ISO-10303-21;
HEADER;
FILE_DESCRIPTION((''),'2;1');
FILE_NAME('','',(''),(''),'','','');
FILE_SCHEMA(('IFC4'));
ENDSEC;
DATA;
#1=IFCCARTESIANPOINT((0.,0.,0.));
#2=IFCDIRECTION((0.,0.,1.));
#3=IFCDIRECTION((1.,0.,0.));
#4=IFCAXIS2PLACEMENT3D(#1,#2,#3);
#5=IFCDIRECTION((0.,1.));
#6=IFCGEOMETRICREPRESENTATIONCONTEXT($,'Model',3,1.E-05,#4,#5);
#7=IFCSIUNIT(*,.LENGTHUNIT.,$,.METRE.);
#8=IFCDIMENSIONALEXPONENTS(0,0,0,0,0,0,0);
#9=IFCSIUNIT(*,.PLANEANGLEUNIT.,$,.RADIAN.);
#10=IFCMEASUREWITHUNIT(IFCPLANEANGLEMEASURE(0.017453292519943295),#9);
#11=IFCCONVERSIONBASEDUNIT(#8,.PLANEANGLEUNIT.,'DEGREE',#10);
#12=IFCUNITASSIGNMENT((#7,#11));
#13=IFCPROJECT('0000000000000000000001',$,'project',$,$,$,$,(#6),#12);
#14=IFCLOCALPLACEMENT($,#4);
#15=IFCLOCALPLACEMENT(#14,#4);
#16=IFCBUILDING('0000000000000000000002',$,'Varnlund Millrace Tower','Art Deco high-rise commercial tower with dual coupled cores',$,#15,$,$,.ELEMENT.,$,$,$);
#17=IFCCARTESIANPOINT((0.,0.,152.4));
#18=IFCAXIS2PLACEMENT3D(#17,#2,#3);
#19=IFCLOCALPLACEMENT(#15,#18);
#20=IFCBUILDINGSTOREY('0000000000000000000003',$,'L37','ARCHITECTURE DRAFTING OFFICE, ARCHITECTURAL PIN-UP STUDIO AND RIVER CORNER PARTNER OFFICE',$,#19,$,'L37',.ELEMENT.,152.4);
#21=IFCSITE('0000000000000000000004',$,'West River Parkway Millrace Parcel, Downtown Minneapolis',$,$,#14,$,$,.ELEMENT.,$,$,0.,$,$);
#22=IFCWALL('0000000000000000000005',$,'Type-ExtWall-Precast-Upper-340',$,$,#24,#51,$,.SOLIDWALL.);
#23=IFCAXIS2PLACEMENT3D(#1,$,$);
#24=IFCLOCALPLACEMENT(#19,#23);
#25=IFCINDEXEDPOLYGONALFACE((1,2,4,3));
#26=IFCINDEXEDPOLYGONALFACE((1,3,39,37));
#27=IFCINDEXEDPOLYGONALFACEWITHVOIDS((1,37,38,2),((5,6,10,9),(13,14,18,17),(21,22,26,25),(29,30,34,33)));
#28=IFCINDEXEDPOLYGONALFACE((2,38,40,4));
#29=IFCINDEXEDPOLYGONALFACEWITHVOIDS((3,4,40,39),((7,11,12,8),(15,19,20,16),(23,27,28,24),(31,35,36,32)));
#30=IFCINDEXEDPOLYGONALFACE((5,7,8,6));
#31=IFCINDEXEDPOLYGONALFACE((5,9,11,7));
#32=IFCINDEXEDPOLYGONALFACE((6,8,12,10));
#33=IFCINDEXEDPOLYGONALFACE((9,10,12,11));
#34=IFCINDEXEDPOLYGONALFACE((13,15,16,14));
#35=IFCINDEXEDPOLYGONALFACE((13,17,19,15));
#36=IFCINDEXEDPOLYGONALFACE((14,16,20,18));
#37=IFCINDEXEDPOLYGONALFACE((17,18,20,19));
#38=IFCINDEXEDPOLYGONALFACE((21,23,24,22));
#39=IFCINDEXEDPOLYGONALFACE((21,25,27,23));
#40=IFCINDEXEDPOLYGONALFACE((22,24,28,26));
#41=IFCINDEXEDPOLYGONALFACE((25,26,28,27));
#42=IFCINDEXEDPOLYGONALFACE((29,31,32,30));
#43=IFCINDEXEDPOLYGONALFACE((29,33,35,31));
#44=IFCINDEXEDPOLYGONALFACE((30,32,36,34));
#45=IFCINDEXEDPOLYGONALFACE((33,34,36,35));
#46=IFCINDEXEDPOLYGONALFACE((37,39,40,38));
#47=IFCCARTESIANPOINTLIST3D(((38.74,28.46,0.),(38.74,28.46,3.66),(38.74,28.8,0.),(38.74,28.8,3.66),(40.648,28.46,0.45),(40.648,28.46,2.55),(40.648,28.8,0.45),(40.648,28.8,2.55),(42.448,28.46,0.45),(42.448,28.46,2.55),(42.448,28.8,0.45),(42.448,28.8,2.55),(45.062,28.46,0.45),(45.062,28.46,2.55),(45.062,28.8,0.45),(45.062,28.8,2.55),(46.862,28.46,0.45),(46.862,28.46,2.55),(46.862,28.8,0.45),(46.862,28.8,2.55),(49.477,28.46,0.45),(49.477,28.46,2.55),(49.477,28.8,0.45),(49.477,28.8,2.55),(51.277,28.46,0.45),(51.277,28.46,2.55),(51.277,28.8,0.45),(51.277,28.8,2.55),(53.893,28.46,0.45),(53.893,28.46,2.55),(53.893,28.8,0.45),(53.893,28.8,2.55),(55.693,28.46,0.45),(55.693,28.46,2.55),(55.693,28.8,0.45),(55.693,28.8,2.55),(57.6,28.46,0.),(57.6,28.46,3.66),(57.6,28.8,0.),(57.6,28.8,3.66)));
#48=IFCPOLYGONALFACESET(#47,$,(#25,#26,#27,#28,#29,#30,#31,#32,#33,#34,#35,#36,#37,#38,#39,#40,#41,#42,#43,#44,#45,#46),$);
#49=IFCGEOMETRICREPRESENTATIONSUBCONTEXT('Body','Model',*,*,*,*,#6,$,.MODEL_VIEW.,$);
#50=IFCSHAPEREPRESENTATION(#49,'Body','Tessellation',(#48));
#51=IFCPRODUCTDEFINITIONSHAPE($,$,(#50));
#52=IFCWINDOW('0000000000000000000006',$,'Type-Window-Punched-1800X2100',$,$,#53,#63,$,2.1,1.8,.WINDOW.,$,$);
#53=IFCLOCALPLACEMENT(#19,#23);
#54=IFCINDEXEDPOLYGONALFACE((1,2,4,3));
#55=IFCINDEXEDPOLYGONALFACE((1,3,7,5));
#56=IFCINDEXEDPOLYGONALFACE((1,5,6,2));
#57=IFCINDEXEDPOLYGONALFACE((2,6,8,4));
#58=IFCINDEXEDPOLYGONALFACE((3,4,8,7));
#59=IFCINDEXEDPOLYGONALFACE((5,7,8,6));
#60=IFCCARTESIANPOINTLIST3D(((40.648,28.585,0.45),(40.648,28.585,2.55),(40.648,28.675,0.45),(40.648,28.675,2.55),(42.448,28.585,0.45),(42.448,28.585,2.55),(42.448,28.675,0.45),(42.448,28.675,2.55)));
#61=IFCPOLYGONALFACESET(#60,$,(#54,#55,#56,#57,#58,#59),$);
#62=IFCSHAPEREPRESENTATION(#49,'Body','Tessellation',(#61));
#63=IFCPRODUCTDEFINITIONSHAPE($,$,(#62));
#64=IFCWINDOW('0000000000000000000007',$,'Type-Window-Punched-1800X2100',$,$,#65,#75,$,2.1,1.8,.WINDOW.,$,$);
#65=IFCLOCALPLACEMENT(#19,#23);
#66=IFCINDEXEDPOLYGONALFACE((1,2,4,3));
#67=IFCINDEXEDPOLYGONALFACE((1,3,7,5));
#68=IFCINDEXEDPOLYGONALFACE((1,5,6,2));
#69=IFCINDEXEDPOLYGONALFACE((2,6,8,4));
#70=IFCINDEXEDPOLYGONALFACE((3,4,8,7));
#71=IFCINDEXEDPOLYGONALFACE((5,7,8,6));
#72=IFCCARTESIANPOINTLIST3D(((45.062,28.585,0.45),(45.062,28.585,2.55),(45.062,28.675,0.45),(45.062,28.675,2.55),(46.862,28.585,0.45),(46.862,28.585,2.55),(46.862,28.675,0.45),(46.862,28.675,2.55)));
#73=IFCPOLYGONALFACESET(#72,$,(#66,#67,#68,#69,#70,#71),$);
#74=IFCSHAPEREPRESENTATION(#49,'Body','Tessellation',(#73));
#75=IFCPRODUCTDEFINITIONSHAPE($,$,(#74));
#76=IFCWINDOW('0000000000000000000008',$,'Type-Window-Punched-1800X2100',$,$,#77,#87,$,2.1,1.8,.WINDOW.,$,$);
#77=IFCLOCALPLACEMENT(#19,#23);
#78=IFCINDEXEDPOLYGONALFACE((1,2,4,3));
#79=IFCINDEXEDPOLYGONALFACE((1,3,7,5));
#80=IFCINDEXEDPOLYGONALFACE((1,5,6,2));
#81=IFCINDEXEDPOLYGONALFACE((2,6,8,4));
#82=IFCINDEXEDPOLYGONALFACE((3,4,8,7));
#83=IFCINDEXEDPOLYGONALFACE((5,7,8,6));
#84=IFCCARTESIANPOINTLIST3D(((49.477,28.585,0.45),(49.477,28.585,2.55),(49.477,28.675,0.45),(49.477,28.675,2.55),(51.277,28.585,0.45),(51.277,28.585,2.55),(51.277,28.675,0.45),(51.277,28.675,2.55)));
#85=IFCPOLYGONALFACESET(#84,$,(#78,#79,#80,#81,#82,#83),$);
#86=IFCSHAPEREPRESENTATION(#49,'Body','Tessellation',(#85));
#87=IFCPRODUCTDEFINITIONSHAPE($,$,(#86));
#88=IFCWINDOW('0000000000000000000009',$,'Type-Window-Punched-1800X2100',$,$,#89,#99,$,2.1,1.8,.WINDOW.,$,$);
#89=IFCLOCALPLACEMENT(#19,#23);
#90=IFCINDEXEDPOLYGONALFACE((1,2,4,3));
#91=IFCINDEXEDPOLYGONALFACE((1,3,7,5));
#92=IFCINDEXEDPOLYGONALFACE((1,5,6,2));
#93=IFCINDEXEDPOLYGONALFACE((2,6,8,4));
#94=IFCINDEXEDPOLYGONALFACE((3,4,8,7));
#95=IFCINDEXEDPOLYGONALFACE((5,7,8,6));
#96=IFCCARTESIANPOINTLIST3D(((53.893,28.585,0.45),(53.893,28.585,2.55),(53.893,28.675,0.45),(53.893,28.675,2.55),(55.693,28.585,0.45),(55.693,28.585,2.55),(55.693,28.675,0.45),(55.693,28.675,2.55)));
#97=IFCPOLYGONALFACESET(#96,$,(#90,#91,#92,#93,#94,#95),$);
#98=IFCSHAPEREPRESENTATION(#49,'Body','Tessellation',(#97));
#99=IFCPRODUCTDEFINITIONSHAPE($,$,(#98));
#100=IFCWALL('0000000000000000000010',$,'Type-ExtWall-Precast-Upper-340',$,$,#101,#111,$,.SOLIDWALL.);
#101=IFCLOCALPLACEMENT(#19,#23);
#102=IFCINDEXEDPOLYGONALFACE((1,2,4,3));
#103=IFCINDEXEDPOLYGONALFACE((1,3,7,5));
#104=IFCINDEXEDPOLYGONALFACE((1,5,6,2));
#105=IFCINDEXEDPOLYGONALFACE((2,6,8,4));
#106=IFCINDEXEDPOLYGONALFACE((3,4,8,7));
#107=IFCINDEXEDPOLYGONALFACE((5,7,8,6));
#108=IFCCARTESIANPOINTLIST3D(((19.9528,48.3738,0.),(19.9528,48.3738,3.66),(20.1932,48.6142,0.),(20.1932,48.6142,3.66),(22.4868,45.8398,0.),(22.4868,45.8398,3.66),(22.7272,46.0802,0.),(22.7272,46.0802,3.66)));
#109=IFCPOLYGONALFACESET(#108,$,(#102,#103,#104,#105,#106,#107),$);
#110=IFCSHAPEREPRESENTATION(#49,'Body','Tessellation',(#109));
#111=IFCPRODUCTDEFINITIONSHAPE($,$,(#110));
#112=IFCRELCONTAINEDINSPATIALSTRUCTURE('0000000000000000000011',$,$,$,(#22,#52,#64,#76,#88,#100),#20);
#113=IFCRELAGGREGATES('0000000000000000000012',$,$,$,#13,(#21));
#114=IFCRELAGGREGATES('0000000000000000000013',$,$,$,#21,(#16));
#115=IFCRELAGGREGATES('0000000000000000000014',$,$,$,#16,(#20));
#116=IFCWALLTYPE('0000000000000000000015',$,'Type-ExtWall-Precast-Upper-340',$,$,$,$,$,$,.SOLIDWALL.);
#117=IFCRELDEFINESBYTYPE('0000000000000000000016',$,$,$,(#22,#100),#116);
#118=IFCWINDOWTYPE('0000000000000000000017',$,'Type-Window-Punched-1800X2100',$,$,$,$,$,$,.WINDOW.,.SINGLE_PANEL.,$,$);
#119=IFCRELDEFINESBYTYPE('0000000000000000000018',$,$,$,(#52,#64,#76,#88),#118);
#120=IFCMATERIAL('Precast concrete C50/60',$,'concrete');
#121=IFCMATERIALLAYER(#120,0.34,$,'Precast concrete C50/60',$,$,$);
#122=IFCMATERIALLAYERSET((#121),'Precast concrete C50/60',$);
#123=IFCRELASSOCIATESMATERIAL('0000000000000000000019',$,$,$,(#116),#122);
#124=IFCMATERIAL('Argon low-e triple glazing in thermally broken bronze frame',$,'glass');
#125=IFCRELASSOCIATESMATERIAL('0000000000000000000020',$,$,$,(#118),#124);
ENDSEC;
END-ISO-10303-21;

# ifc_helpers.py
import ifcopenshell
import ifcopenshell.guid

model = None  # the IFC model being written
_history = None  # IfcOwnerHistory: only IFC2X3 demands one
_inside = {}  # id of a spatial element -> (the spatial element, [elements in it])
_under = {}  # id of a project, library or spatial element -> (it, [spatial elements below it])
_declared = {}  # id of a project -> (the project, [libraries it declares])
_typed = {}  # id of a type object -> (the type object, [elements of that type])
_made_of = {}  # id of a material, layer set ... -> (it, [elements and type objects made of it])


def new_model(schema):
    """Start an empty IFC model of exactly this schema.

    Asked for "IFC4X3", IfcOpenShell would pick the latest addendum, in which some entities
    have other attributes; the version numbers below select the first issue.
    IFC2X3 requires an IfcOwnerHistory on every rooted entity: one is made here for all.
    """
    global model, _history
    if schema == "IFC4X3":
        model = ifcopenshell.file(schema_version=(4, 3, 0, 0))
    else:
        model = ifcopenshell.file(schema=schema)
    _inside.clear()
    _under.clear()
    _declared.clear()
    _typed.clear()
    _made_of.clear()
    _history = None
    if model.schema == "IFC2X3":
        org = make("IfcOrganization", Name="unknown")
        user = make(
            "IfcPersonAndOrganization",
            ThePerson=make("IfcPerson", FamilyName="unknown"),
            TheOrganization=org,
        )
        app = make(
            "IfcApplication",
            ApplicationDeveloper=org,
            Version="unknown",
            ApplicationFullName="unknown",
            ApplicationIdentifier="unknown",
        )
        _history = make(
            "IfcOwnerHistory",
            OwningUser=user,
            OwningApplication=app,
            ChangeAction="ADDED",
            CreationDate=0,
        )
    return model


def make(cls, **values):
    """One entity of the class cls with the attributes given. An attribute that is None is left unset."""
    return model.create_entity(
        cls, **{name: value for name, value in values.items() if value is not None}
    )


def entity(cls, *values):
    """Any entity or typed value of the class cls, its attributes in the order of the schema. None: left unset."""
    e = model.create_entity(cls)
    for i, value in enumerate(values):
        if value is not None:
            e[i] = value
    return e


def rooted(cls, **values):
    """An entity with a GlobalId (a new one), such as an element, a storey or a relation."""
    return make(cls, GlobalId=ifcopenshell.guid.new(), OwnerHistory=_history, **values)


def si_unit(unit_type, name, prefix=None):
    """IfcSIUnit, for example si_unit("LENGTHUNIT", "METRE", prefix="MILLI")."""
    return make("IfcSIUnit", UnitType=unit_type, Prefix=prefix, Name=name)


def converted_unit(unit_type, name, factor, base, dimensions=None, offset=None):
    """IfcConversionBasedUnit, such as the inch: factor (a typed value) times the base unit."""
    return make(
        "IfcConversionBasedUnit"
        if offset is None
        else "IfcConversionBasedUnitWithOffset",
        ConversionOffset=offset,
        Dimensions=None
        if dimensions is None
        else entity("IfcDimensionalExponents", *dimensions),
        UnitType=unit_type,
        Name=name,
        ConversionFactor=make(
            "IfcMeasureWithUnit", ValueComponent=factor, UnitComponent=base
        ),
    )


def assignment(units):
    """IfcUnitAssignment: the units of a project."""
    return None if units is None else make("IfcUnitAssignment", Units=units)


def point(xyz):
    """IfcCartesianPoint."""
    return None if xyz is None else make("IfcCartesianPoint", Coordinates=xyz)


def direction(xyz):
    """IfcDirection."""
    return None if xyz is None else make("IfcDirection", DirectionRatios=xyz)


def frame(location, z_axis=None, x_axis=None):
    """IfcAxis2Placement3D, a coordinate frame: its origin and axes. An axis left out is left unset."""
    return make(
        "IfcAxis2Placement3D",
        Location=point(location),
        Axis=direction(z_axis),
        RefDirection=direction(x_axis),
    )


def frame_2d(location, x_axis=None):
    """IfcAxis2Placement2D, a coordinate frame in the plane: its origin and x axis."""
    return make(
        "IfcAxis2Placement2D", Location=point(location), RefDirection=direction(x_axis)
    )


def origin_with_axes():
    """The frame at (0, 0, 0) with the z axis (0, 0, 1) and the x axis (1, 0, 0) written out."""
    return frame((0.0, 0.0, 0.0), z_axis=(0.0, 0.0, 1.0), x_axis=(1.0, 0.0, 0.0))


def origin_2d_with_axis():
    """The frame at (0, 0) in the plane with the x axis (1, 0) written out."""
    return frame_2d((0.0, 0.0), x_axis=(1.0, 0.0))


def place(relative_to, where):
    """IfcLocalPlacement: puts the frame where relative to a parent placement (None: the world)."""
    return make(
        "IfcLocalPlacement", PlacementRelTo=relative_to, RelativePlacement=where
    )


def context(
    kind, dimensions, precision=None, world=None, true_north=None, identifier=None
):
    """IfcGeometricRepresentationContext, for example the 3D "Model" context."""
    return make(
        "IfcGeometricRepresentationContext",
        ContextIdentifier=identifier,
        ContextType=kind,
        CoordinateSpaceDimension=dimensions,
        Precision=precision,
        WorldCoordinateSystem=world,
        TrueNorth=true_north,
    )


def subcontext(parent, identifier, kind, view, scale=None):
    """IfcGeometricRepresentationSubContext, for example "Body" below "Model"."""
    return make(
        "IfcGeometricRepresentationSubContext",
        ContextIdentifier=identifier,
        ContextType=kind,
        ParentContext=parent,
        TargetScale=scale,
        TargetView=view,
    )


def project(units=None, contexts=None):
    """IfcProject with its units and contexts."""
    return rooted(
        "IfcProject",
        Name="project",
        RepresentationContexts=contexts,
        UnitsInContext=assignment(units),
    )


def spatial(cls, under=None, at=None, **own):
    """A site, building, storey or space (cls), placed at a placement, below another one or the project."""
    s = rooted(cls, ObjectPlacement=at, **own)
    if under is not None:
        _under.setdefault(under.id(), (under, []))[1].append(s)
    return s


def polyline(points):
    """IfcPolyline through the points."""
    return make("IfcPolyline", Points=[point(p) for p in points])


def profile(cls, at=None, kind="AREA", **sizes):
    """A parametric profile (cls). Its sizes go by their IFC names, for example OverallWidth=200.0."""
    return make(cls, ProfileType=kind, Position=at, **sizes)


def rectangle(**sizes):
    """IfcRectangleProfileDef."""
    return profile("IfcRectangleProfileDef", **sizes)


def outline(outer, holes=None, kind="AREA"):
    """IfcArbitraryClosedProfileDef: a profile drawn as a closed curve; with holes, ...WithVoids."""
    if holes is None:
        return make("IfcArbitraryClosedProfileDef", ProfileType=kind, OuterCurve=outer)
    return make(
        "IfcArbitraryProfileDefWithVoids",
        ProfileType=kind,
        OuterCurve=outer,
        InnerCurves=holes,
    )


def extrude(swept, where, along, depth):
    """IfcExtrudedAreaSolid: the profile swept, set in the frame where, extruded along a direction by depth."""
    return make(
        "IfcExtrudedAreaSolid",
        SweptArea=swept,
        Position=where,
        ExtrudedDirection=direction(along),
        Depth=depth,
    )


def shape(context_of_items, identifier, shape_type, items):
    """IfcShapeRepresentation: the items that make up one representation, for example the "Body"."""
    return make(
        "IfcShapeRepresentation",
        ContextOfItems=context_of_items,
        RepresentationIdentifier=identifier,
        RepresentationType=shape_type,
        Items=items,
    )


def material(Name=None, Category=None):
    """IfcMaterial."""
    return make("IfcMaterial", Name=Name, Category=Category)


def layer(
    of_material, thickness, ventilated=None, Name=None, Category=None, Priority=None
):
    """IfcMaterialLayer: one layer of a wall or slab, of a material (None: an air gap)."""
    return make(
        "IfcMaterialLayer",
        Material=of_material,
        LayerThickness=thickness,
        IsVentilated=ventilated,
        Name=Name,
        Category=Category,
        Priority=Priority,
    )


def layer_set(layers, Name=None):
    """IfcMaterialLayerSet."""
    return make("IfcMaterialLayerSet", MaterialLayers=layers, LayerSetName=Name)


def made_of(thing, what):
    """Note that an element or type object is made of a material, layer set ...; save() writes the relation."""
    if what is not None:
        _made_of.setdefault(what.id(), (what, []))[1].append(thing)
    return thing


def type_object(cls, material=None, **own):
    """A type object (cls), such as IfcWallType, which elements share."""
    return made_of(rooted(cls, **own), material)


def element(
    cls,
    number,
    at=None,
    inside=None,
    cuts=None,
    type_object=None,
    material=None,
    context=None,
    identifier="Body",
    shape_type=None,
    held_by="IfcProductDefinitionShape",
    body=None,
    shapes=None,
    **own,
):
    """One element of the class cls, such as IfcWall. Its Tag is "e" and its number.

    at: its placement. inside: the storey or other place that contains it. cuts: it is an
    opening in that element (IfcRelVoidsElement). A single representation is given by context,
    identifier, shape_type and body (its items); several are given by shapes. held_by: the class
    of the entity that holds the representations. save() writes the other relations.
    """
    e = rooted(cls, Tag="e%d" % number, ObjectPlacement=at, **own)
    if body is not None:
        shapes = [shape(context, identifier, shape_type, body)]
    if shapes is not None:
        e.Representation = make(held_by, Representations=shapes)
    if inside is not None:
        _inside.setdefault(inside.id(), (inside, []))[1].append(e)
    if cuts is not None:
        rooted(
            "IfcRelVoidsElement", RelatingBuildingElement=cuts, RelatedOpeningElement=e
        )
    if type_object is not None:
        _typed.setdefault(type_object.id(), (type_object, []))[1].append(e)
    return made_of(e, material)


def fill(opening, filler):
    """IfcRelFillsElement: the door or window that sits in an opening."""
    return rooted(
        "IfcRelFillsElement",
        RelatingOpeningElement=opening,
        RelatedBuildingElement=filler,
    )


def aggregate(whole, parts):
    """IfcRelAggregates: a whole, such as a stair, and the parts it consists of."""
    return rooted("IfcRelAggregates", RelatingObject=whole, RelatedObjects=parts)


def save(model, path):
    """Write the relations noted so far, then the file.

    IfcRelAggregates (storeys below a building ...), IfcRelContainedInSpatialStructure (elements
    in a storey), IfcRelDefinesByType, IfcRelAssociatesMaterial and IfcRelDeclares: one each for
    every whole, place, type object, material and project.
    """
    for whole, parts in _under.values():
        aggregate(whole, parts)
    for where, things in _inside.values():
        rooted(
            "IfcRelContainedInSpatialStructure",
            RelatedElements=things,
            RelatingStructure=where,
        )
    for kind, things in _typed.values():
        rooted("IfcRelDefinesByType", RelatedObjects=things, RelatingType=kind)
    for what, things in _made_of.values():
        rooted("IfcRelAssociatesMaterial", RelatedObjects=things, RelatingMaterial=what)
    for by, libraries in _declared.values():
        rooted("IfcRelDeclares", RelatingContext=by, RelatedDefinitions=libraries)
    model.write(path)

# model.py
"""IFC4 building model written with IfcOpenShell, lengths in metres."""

from ifc_helpers import new_model, entity, si_unit, converted_unit, direction, frame, origin_with_axes, origin_2d_with_axis, place, context, subcontext, project, spatial, polyline, rectangle, outline, extrude, material, layer, layer_set, type_object, element, fill, save


model = new_model("IFC4")

# Units and contexts
model_context = context("Model", 3, precision=1e-05, world=origin_with_axes(), true_north=direction((0.0, 1.0)))
body_context = subcontext(model_context, "Body", "Model", "MODEL_VIEW")
ifc_project = project(units=[si_unit("LENGTHUNIT", "METRE"), converted_unit("PLANEANGLEUNIT", "DEGREE", entity("IfcPlaneAngleMeasure", 0.017453292519943295), si_unit("PLANEANGLEUNIT", "RADIAN"), dimensions=[0, 0, 0, 0, 0, 0, 0])], contexts=[model_context])

# Site, building, storey
site_placement = place(None, origin_with_axes())
site = spatial("IfcSite", under=ifc_project, at=site_placement, Name="West River Parkway Millrace Parcel, Downtown Minneapolis", CompositionType="ELEMENT", RefElevation=0.0)
building_placement = place(site_placement, origin_with_axes())
building = spatial("IfcBuilding", under=site, at=building_placement, Name="Varnlund Millrace Tower", Description="Art Deco high-rise commercial tower with dual coupled cores", CompositionType="ELEMENT")
storey_placement = place(building_placement, frame((0.0, 0.0, 152.4), z_axis=(0.0, 0.0, 1.0), x_axis=(1.0, 0.0, 0.0)))
storey = spatial("IfcBuildingStorey", under=building, at=storey_placement, Name="L37", Description="ARCHITECTURE DRAFTING OFFICE, ARCHITECTURAL PIN-UP STUDIO AND RIVER CORNER PARTNER OFFICE", LongName="L37", CompositionType="ELEMENT", Elevation=152.4)

# Wall, openings, windows
ifc_material_1 = material(Name="Precast concrete C50/60", Category="concrete")
ifc_layer_1 = layer(ifc_material_1, 0.34, Name="Precast concrete C50/60")
ifc_layer_set_1 = layer_set([ifc_layer_1], Name="Precast concrete C50/60")
wall_type_1 = type_object("IfcWallType", Name="Type-ExtWall-Precast-Upper-340", PredefinedType="SOLIDWALL", material=ifc_layer_set_1)
wall_1_placement = place(storey_placement, frame((38.74, 28.63, 0.0), z_axis=(0.0, 0.0, 1.0), x_axis=(1.0, 0.0, 0.0)))
wall_1 = element("IfcWall", 1, at=wall_1_placement, inside=storey, type_object=wall_type_1, Name="Type-ExtWall-Precast-Upper-340", PredefinedType="SOLIDWALL", context=body_context, shape_type="SweptSolid", body=[
    extrude(outline(polyline([(0.0, -0.17), (18.86, -0.17), (18.86, 0.17), (0.0, 0.17), (0.0, -0.17)])), origin_with_axes(), (0.0, 0.0, 1.0), 3.66),
])
opening_1_placement = place(wall_1_placement, frame((2.808, 0.0, 0.45), z_axis=(0.0, 0.0, 1.0), x_axis=(1.0, 0.0, 0.0)))
opening_1 = element("IfcOpeningElement", 2, at=opening_1_placement, cuts=wall_1, PredefinedType="OPENING", context=body_context, shape_type="SweptSolid", body=[
    extrude(rectangle(XDim=1.8, YDim=0.36, at=origin_2d_with_axis()), origin_with_axes(), (0.0, 0.0, 1.0), 2.1),
])
opening_2_placement = place(wall_1_placement, frame((7.222, 0.0, 0.45), z_axis=(0.0, 0.0, 1.0), x_axis=(1.0, 0.0, 0.0)))
opening_2 = element("IfcOpeningElement", 3, at=opening_2_placement, cuts=wall_1, PredefinedType="OPENING", context=body_context, shape_type="SweptSolid", body=[
    extrude(rectangle(XDim=1.8, YDim=0.36, at=origin_2d_with_axis()), origin_with_axes(), (0.0, 0.0, 1.0), 2.1),
])
opening_3_placement = place(wall_1_placement, frame((11.637, 0.0, 0.45), z_axis=(0.0, 0.0, 1.0), x_axis=(1.0, 0.0, 0.0)))
opening_3 = element("IfcOpeningElement", 4, at=opening_3_placement, cuts=wall_1, PredefinedType="OPENING", context=body_context, shape_type="SweptSolid", body=[
    extrude(rectangle(XDim=1.8, YDim=0.36, at=origin_2d_with_axis()), origin_with_axes(), (0.0, 0.0, 1.0), 2.1),
])
opening_4_placement = place(wall_1_placement, frame((16.053, 0.0, 0.45), z_axis=(0.0, 0.0, 1.0), x_axis=(1.0, 0.0, 0.0)))
opening_4 = element("IfcOpeningElement", 5, at=opening_4_placement, cuts=wall_1, PredefinedType="OPENING", context=body_context, shape_type="SweptSolid", body=[
    extrude(rectangle(XDim=1.8, YDim=0.36, at=origin_2d_with_axis()), origin_with_axes(), (0.0, 0.0, 1.0), 2.1),
])
ifc_material_2 = material(Name="Argon low-e triple glazing in thermally broken bronze frame", Category="glass")
window_type_1 = type_object("IfcWindowType", Name="Type-Window-Punched-1800X2100", PartitioningType="SINGLE_PANEL", PredefinedType="WINDOW", material=ifc_material_2)
window_1_placement = place(wall_1_placement, frame((2.808, 0.0, 0.45), z_axis=(0.0, 0.0, 1.0), x_axis=(1.0, 0.0, 0.0)))
window_1 = element("IfcWindow", 6, at=window_1_placement, inside=storey, type_object=window_type_1, Name="Type-Window-Punched-1800X2100", OverallHeight=2.1, OverallWidth=1.8, PredefinedType="WINDOW", context=body_context, shape_type="SweptSolid", body=[
    extrude(rectangle(XDim=1.8, YDim=0.09, at=origin_2d_with_axis()), origin_with_axes(), (0.0, 0.0, 1.0), 2.1),
])
fill(opening_1, window_1)
window_2_placement = place(wall_1_placement, frame((7.222, 0.0, 0.45), z_axis=(0.0, 0.0, 1.0), x_axis=(1.0, 0.0, 0.0)))
window_2 = element("IfcWindow", 7, at=window_2_placement, inside=storey, type_object=window_type_1, Name="Type-Window-Punched-1800X2100", OverallHeight=2.1, OverallWidth=1.8, PredefinedType="WINDOW", context=body_context, shape_type="SweptSolid", body=[
    extrude(rectangle(XDim=1.8, YDim=0.09, at=origin_2d_with_axis()), origin_with_axes(), (0.0, 0.0, 1.0), 2.1),
])
fill(opening_2, window_2)
window_3_placement = place(wall_1_placement, frame((11.637, 0.0, 0.45), z_axis=(0.0, 0.0, 1.0), x_axis=(1.0, 0.0, 0.0)))
window_3 = element("IfcWindow", 8, at=window_3_placement, inside=storey, type_object=window_type_1, Name="Type-Window-Punched-1800X2100", OverallHeight=2.1, OverallWidth=1.8, PredefinedType="WINDOW", context=body_context, shape_type="SweptSolid", body=[
    extrude(rectangle(XDim=1.8, YDim=0.09, at=origin_2d_with_axis()), origin_with_axes(), (0.0, 0.0, 1.0), 2.1),
])
fill(opening_3, window_3)
window_4_placement = place(wall_1_placement, frame((16.053, 0.0, 0.45), z_axis=(0.0, 0.0, 1.0), x_axis=(1.0, 0.0, 0.0)))
window_4 = element("IfcWindow", 9, at=window_4_placement, inside=storey, type_object=window_type_1, Name="Type-Window-Punched-1800X2100", OverallHeight=2.1, OverallWidth=1.8, PredefinedType="WINDOW", context=body_context, shape_type="SweptSolid", body=[
    extrude(rectangle(XDim=1.8, YDim=0.09, at=origin_2d_with_axis()), origin_with_axes(), (0.0, 0.0, 1.0), 2.1),
])
fill(opening_4, window_4)

# Wall
wall_2_placement = place(storey_placement, frame((20.073, 48.494, 0.0), z_axis=(0.0, 0.0, 1.0), x_axis=(0.707107, -0.707107, 0.0)))
element("IfcWall", 10, at=wall_2_placement, inside=storey, type_object=wall_type_1, Name="Type-ExtWall-Precast-Upper-340", PredefinedType="SOLIDWALL", context=body_context, shape_type="SweptSolid", body=[
    extrude(outline(polyline([(0.0, -0.17), (3.5836, -0.17), (3.5836, 0.17), (0.0, 0.17), (0.0, -0.17)])), origin_with_axes(), (0.0, 0.0, 1.0), 3.66),
])

save(model, "model.ifc")
